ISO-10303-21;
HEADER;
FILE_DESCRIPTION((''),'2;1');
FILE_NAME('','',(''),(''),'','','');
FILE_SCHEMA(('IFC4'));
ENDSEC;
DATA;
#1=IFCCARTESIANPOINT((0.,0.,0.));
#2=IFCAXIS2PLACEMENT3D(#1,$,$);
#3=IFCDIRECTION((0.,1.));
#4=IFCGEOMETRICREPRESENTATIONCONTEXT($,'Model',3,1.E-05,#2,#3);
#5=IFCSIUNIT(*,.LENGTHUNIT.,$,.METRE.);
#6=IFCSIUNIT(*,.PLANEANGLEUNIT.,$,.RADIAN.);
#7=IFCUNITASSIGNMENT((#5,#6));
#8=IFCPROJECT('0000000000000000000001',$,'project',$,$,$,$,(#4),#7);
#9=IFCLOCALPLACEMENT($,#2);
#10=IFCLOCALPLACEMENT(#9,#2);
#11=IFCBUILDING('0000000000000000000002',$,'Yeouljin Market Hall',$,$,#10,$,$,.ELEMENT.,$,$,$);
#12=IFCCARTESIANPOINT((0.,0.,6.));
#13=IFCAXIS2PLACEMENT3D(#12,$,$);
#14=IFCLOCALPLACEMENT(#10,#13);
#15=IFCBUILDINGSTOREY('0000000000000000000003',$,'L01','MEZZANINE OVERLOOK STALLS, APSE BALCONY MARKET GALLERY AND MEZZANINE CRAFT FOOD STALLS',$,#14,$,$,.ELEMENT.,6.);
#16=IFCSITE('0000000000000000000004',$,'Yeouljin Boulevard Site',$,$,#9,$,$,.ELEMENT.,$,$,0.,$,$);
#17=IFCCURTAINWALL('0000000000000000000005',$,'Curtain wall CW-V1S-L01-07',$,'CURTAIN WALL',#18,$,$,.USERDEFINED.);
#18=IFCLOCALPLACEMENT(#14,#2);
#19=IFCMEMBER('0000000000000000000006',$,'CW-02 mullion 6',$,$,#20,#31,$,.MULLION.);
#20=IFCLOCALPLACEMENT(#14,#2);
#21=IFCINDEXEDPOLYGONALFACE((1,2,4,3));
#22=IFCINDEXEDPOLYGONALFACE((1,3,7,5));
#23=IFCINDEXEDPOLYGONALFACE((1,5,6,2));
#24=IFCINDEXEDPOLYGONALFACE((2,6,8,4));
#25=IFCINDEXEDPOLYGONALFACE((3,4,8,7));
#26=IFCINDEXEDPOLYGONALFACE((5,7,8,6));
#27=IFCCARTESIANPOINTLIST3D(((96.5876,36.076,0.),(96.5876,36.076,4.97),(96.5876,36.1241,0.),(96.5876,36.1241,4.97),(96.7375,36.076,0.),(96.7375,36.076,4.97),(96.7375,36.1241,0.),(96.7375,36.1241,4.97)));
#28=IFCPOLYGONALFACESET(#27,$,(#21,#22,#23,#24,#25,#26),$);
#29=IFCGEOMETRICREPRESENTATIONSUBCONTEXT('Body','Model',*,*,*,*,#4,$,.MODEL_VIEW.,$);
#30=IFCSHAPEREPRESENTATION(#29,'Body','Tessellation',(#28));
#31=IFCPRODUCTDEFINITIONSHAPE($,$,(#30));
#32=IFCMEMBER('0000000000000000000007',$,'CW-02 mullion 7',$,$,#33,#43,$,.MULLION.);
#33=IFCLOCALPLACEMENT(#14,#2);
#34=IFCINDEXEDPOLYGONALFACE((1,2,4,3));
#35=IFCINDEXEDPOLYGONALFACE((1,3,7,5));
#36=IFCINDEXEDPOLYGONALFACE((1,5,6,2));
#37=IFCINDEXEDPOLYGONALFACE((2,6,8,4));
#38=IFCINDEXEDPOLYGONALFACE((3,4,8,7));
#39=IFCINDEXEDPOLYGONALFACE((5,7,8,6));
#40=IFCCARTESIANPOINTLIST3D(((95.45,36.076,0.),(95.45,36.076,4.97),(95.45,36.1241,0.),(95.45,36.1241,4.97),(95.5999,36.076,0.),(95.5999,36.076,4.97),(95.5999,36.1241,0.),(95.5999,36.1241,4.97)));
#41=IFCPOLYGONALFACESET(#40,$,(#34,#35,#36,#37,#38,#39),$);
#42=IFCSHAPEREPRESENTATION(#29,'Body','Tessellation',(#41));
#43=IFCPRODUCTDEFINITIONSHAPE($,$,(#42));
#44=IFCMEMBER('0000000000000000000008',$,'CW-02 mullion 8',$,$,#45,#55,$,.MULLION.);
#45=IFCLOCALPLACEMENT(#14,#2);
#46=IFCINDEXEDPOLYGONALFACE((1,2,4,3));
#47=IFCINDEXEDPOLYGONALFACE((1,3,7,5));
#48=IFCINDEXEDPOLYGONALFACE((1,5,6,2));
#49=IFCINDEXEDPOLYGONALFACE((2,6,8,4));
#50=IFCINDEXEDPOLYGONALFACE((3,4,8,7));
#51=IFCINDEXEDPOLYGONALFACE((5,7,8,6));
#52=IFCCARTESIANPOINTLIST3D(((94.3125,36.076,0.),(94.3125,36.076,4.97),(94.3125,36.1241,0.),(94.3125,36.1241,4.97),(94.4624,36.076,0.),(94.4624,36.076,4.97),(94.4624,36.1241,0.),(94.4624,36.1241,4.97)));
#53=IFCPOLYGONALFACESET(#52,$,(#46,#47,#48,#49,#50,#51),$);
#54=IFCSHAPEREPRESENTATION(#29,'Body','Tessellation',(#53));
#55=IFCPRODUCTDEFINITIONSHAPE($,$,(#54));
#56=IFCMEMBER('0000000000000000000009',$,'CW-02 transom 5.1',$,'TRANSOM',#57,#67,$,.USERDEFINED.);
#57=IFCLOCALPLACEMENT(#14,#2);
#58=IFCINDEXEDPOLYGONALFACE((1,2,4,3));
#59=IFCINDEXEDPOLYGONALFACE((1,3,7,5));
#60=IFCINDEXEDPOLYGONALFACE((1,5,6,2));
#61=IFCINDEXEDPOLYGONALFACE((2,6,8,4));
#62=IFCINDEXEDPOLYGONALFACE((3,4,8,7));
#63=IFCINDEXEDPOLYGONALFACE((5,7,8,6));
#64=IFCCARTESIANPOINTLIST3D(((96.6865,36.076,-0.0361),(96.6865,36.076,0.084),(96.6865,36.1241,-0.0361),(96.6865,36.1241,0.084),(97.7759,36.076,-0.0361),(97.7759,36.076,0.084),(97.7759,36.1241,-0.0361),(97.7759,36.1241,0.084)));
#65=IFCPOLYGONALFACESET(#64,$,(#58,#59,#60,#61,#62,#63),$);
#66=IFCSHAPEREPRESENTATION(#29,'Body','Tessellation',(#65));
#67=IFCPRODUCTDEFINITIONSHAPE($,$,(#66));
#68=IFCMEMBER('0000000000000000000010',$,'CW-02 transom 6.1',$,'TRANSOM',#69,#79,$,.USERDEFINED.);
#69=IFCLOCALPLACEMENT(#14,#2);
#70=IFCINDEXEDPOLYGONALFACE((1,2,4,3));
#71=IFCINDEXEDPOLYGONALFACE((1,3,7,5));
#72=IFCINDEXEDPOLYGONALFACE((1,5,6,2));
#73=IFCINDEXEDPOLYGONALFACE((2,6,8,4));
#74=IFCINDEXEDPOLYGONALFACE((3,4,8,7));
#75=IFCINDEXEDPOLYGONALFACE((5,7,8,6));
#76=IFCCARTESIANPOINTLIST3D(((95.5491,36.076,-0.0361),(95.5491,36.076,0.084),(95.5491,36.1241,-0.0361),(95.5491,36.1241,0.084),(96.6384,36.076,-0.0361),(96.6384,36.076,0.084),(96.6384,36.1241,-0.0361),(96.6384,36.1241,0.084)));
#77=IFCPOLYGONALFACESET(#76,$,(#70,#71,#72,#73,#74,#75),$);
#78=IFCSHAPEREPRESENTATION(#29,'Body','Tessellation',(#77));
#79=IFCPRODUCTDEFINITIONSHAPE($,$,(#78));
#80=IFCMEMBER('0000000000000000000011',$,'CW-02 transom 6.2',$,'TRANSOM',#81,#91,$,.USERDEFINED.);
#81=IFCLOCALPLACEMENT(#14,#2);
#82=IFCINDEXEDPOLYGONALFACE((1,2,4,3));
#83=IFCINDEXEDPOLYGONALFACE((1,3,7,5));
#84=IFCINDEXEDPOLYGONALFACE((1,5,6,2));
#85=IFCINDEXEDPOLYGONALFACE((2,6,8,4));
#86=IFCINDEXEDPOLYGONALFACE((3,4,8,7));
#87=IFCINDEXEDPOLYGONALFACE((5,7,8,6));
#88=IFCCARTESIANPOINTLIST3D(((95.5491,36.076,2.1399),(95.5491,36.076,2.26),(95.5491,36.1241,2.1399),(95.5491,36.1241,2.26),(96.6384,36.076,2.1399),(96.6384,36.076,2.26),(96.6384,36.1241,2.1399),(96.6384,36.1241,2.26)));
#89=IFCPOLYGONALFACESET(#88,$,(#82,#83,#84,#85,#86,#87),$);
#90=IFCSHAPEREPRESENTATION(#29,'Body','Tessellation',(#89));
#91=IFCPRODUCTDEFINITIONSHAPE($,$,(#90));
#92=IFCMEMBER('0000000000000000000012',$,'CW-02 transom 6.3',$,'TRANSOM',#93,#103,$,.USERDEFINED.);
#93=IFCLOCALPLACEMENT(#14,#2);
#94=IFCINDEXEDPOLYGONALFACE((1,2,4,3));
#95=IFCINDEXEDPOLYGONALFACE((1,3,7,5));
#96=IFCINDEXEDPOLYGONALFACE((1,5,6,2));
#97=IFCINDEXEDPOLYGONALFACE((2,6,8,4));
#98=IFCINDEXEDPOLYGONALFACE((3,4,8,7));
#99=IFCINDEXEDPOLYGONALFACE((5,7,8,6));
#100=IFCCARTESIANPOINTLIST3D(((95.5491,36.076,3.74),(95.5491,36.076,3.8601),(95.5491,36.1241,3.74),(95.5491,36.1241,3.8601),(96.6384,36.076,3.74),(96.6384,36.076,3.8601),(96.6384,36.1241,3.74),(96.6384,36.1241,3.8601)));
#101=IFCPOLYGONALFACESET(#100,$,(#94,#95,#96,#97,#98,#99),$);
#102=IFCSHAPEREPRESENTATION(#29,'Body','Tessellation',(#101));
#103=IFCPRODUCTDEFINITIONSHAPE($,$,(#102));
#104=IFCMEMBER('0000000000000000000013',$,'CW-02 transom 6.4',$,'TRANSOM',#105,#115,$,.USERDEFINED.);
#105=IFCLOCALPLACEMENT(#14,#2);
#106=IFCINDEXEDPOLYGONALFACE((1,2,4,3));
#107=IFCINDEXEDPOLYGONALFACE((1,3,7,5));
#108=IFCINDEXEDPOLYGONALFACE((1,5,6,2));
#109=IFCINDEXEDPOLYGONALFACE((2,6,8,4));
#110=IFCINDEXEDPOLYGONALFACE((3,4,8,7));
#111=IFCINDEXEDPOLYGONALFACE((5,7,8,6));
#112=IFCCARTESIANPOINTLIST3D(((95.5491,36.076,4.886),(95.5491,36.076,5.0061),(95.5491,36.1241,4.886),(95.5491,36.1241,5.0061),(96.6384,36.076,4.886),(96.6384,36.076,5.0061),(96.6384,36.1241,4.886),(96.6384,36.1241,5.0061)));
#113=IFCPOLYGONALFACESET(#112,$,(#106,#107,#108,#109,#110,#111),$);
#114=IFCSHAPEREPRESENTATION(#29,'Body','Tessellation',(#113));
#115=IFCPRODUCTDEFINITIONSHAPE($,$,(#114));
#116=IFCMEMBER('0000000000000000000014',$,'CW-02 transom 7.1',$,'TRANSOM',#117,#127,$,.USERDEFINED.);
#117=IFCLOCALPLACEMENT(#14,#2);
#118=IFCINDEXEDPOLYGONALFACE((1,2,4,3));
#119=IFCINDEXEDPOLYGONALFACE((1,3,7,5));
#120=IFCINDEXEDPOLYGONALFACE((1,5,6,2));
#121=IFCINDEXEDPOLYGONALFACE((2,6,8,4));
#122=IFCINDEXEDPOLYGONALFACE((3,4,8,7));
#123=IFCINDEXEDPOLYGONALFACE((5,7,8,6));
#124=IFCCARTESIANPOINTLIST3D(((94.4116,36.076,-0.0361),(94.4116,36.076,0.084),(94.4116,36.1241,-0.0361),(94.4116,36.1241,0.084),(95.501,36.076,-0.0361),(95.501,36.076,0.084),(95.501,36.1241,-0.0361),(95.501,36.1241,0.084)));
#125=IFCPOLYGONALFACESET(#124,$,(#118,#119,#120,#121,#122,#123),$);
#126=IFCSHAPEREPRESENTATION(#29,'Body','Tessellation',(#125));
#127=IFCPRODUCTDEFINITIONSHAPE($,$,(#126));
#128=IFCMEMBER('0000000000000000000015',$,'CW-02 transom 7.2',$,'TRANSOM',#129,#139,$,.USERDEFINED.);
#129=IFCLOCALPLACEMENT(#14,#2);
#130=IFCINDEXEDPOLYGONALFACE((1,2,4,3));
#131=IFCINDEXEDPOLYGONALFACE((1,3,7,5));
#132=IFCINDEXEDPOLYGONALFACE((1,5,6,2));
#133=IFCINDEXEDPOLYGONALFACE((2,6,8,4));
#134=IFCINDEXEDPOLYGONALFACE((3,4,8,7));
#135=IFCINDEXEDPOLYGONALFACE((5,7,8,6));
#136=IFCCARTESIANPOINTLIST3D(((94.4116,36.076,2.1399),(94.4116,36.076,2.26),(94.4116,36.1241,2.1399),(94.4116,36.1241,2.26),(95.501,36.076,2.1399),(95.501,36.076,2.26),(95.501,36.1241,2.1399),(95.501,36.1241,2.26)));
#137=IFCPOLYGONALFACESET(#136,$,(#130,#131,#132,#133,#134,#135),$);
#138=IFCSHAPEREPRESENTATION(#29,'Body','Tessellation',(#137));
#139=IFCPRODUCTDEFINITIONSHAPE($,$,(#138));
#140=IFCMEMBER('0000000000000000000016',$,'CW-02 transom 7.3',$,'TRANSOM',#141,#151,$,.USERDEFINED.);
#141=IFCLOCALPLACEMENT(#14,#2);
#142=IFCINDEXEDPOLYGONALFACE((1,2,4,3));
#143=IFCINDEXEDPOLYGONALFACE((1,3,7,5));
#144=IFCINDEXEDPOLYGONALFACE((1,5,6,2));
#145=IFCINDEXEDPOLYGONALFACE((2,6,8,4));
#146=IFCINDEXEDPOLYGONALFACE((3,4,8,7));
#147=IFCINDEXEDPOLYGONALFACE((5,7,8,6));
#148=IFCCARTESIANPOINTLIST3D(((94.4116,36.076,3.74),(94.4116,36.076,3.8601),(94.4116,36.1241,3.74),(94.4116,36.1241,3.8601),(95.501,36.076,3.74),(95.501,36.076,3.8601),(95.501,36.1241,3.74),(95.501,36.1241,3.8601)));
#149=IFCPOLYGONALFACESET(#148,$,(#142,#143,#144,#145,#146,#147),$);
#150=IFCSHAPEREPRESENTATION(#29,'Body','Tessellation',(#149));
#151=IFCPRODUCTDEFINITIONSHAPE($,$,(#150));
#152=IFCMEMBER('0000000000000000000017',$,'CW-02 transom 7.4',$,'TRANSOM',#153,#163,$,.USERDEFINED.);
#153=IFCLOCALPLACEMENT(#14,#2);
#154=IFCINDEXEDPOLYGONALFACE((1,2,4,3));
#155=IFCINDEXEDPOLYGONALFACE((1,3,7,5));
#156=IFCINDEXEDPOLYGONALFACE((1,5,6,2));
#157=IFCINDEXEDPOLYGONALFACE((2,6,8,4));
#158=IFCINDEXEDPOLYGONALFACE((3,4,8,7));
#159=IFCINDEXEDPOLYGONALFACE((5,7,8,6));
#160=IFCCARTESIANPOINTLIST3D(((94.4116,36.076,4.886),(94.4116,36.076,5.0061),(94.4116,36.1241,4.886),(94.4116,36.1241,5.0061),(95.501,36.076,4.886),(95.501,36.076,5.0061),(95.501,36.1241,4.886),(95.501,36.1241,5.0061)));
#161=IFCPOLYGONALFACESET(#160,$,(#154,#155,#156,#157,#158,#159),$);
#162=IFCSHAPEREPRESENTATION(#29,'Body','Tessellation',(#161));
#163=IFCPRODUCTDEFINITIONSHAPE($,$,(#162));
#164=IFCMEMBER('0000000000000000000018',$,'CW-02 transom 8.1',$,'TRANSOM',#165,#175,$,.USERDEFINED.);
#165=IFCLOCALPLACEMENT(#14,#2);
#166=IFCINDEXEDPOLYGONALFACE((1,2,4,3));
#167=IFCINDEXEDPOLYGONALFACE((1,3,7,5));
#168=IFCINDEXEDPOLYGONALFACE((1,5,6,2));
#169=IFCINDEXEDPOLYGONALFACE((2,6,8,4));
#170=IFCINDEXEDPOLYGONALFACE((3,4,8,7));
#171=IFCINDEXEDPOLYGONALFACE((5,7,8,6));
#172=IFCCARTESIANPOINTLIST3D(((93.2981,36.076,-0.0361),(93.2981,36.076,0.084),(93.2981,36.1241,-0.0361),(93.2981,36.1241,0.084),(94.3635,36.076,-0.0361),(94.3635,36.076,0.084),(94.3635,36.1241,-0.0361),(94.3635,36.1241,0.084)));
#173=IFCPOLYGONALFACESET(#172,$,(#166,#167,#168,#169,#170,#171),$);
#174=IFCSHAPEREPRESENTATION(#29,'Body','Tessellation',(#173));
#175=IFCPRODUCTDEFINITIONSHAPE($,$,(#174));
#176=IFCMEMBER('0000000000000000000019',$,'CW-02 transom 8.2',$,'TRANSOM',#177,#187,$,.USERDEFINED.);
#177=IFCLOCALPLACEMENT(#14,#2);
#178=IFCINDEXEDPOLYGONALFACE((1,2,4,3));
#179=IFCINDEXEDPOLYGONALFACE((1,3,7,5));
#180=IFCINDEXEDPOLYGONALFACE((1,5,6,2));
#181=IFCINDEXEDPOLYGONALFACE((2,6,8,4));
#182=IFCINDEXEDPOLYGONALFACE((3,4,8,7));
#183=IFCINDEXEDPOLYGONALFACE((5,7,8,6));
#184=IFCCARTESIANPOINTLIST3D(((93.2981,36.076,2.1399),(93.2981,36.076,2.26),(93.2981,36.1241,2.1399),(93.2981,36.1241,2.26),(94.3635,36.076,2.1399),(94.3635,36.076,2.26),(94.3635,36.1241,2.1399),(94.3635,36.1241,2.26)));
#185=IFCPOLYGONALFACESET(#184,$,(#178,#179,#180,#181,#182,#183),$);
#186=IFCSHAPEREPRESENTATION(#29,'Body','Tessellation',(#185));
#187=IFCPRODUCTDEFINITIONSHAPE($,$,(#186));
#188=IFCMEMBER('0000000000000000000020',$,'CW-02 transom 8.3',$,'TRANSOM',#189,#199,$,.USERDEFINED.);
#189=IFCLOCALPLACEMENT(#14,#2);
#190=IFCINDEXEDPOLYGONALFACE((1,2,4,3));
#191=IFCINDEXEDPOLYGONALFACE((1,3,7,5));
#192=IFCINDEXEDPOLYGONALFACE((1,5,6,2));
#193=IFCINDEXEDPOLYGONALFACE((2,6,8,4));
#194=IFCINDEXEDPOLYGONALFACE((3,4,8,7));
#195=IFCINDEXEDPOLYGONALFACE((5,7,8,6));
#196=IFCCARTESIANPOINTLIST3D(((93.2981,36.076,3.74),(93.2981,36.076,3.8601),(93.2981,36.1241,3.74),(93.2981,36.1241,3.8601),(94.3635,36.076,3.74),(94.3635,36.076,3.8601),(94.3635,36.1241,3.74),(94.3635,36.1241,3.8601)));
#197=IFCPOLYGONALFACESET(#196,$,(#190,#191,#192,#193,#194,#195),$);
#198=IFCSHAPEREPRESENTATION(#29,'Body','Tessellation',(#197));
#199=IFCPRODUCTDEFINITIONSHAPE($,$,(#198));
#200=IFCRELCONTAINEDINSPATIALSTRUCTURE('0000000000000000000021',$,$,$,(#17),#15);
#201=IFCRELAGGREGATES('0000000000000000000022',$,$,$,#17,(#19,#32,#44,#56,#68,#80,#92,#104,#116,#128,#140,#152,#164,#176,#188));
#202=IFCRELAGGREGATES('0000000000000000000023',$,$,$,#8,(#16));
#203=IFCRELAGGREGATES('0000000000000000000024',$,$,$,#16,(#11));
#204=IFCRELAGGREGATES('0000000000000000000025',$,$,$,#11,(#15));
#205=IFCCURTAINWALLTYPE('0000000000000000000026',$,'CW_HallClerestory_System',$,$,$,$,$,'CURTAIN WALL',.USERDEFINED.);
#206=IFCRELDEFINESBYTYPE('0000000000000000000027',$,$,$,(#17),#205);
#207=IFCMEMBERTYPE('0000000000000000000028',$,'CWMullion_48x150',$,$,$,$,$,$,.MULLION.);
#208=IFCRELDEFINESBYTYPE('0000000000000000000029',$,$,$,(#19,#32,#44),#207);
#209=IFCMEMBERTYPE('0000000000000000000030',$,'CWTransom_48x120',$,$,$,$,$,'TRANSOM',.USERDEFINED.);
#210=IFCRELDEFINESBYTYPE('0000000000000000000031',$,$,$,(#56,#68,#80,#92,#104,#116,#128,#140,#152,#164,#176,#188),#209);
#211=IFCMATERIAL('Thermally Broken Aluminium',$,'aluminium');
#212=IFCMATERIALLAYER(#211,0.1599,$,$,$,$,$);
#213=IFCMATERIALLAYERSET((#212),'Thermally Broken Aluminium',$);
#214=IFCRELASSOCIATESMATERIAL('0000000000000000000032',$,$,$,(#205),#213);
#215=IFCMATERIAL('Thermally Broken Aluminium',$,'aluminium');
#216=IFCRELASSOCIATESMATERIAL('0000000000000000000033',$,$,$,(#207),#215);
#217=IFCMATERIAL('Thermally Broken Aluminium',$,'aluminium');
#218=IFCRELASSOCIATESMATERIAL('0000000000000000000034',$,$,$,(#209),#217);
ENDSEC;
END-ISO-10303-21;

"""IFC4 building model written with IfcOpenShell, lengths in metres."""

from ifc_helpers import new_model, si_unit, direction, frame, origin, origin_2d, place, context, subcontext, project, spatial, rectangle, extrude, material, layer, layer_set, material_profile, profile_set, type_object, element, aggregate, save


model = new_model("IFC4")

# Units and contexts
model_context = context("Model", 3, precision=1e-05, world=origin(), true_north=direction((0.0, 1.0)))
body_context = subcontext(model_context, "Body", "Model", "MODEL_VIEW")
ifc_project = project(units=[si_unit("LENGTHUNIT", "METRE"), si_unit("PLANEANGLEUNIT", "RADIAN")], contexts=[model_context])

# Site, building, storey
site_placement = place(None, origin())
site = spatial("IfcSite", under=ifc_project, at=site_placement, Name="Yeouljin Boulevard Site", CompositionType="ELEMENT", RefElevation=0.0)
building_placement = place(site_placement, origin())
building = spatial("IfcBuilding", under=site, at=building_placement, Name="Yeouljin Market Hall", CompositionType="ELEMENT")
storey_placement = place(building_placement, frame((0.0, 0.0, 6.0)))
storey = spatial("IfcBuildingStorey", under=building, at=storey_placement, Name="L01", Description="MEZZANINE OVERLOOK STALLS, APSE BALCONY MARKET GALLERY AND MEZZANINE CRAFT FOOD STALLS", CompositionType="ELEMENT", Elevation=6.0)

# Curtain wall, members
ifc_material_1 = material(Name="Thermally Broken Aluminium", Category="aluminium")
ifc_layer_1 = layer(ifc_material_1, 0.1599)
ifc_layer_set_1 = layer_set([ifc_layer_1], Name="Thermally Broken Aluminium")
curtain_wall_type = type_object("IfcCurtainWallType", Name="CW_HallClerestory_System", ElementType="CURTAIN WALL", PredefinedType="USERDEFINED", material=ifc_layer_set_1)
curtain_wall_placement = place(storey_placement, origin())
curtain_wall = element("IfcCurtainWall", 1, at=curtain_wall_placement, inside=storey, type_object=curtain_wall_type, Name="Curtain wall CW-V1S-L01-07", ObjectType="CURTAIN WALL", PredefinedType="USERDEFINED")
ifc_material_2 = material(Name="Thermally Broken Aluminium", Category="aluminium")
ifc_material_profile_1 = material_profile(ifc_material_2, rectangle(XDim=0.0481, YDim=0.1499, at=origin_2d()), Name="CW-MULL-48x150")
ifc_profile_set_1 = profile_set([ifc_material_profile_1], Name="Thermally Broken Aluminium")
member_type_1 = type_object("IfcMemberType", Name="CWMullion_48x150", PredefinedType="MULLION", material=ifc_profile_set_1)
member_1_placement = place(storey_placement, frame((96.6626, 36.1001, 0.0), z_axis=(0.0, 0.0, 1.0), x_axis=(0.0, -1.0, 0.0)))
member_1 = element("IfcMember", 2, at=member_1_placement, type_object=member_type_1, Name="CW-02 mullion 6", PredefinedType="MULLION", context=body_context, shape_type="SweptSolid", body=[
    extrude(rectangle(XDim=0.0481, YDim=0.1499, at=origin_2d()), origin(), (0.0, 0.0, 1.0), 4.97),
])
member_2_placement = place(storey_placement, frame((95.5249, 36.1001, 0.0), z_axis=(0.0, 0.0, 1.0), x_axis=(0.0, -1.0, 0.0)))
member_2 = element("IfcMember", 3, at=member_2_placement, type_object=member_type_1, Name="CW-02 mullion 7", PredefinedType="MULLION", context=body_context, shape_type="SweptSolid", body=[
    extrude(rectangle(XDim=0.0481, YDim=0.1499, at=origin_2d()), origin(), (0.0, 0.0, 1.0), 4.97),
])
member_3_placement = place(storey_placement, frame((94.3875, 36.1001, 0.0), z_axis=(0.0, 0.0, 1.0), x_axis=(0.0, -1.0, 0.0)))
member_3 = element("IfcMember", 4, at=member_3_placement, type_object=member_type_1, Name="CW-02 mullion 8", PredefinedType="MULLION", context=body_context, shape_type="SweptSolid", body=[
    extrude(rectangle(XDim=0.0481, YDim=0.1499, at=origin_2d()), origin(), (0.0, 0.0, 1.0), 4.97),
])
ifc_material_3 = material(Name="Thermally Broken Aluminium", Category="aluminium")
ifc_material_profile_2 = material_profile(ifc_material_3, rectangle(XDim=0.0481, YDim=0.1201, at=origin_2d()), Name="CW-TRAN-48x120")
ifc_profile_set_2 = profile_set([ifc_material_profile_2], Name="Thermally Broken Aluminium")
member_type_2 = type_object("IfcMemberType", Name="CWTransom_48x120", ElementType="TRANSOM", PredefinedType="USERDEFINED", material=ifc_profile_set_2)
member_4_placement = place(storey_placement, frame((97.7759, 36.1001, 0.0239), z_axis=(-1.0, 0.0, 0.0), x_axis=(0.0, -1.0, 0.0)))
member_4 = element("IfcMember", 5, at=member_4_placement, type_object=member_type_2, Name="CW-02 transom 5.1", ObjectType="TRANSOM", PredefinedType="USERDEFINED", context=body_context, shape_type="SweptSolid", body=[
    extrude(rectangle(XDim=0.0481, YDim=0.1201, at=origin_2d()), origin(), (0.0, 0.0, 1.0), 1.0894),
])
member_5_placement = place(storey_placement, frame((96.6384, 36.1001, 0.0239), z_axis=(-1.0, 0.0, 0.0), x_axis=(0.0, -1.0, 0.0)))
member_5 = element("IfcMember", 6, at=member_5_placement, type_object=member_type_2, Name="CW-02 transom 6.1", ObjectType="TRANSOM", PredefinedType="USERDEFINED", context=body_context, shape_type="SweptSolid", body=[
    extrude(rectangle(XDim=0.0481, YDim=0.1201, at=origin_2d()), origin(), (0.0, 0.0, 1.0), 1.0894),
])
member_6_placement = place(storey_placement, frame((96.6384, 36.1001, 2.2), z_axis=(-1.0, 0.0, 0.0), x_axis=(0.0, -1.0, 0.0)))
member_6 = element("IfcMember", 7, at=member_6_placement, type_object=member_type_2, Name="CW-02 transom 6.2", ObjectType="TRANSOM", PredefinedType="USERDEFINED", context=body_context, shape_type="SweptSolid", body=[
    extrude(rectangle(XDim=0.0481, YDim=0.1201, at=origin_2d()), origin(), (0.0, 0.0, 1.0), 1.0894),
])
member_7_placement = place(storey_placement, frame((96.6384, 36.1001, 3.8), z_axis=(-1.0, 0.0, 0.0), x_axis=(0.0, -1.0, 0.0)))
member_7 = element("IfcMember", 8, at=member_7_placement, type_object=member_type_2, Name="CW-02 transom 6.3", ObjectType="TRANSOM", PredefinedType="USERDEFINED", context=body_context, shape_type="SweptSolid", body=[
    extrude(rectangle(XDim=0.0481, YDim=0.1201, at=origin_2d()), origin(), (0.0, 0.0, 1.0), 1.0894),
])
member_8_placement = place(storey_placement, frame((96.6384, 36.1001, 4.946), z_axis=(-1.0, 0.0, 0.0), x_axis=(0.0, -1.0, 0.0)))
member_8 = element("IfcMember", 9, at=member_8_placement, type_object=member_type_2, Name="CW-02 transom 6.4", ObjectType="TRANSOM", PredefinedType="USERDEFINED", context=body_context, shape_type="SweptSolid", body=[
    extrude(rectangle(XDim=0.0481, YDim=0.1201, at=origin_2d()), origin(), (0.0, 0.0, 1.0), 1.0894),
])
member_9_placement = place(storey_placement, frame((95.501, 36.1001, 0.0239), z_axis=(-1.0, 0.0, 0.0), x_axis=(0.0, -1.0, 0.0)))
member_9 = element("IfcMember", 10, at=member_9_placement, type_object=member_type_2, Name="CW-02 transom 7.1", ObjectType="TRANSOM", PredefinedType="USERDEFINED", context=body_context, shape_type="SweptSolid", body=[
    extrude(rectangle(XDim=0.0481, YDim=0.1201, at=origin_2d()), origin(), (0.0, 0.0, 1.0), 1.0894),
])
member_10_placement = place(storey_placement, frame((95.501, 36.1001, 2.2), z_axis=(-1.0, 0.0, 0.0), x_axis=(0.0, -1.0, 0.0)))
member_10 = element("IfcMember", 11, at=member_10_placement, type_object=member_type_2, Name="CW-02 transom 7.2", ObjectType="TRANSOM", PredefinedType="USERDEFINED", context=body_context, shape_type="SweptSolid", body=[
    extrude(rectangle(XDim=0.0481, YDim=0.1201, at=origin_2d()), origin(), (0.0, 0.0, 1.0), 1.0894),
])
member_11_placement = place(storey_placement, frame((95.501, 36.1001, 3.8), z_axis=(-1.0, 0.0, 0.0), x_axis=(0.0, -1.0, 0.0)))
member_11 = element("IfcMember", 12, at=member_11_placement, type_object=member_type_2, Name="CW-02 transom 7.3", ObjectType="TRANSOM", PredefinedType="USERDEFINED", context=body_context, shape_type="SweptSolid", body=[
    extrude(rectangle(XDim=0.0481, YDim=0.1201, at=origin_2d()), origin(), (0.0, 0.0, 1.0), 1.0894),
])
member_12_placement = place(storey_placement, frame((95.501, 36.1001, 4.946), z_axis=(-1.0, 0.0, 0.0), x_axis=(0.0, -1.0, 0.0)))
member_12 = element("IfcMember", 13, at=member_12_placement, type_object=member_type_2, Name="CW-02 transom 7.4", ObjectType="TRANSOM", PredefinedType="USERDEFINED", context=body_context, shape_type="SweptSolid", body=[
    extrude(rectangle(XDim=0.0481, YDim=0.1201, at=origin_2d()), origin(), (0.0, 0.0, 1.0), 1.0894),
])
member_13_placement = place(storey_placement, frame((94.3635, 36.1001, 0.0239), z_axis=(-1.0, 0.0, 0.0), x_axis=(0.0, -1.0, 0.0)))
member_13 = element("IfcMember", 14, at=member_13_placement, type_object=member_type_2, Name="CW-02 transom 8.1", ObjectType="TRANSOM", PredefinedType="USERDEFINED", context=body_context, shape_type="SweptSolid", body=[
    extrude(rectangle(XDim=0.0481, YDim=0.1201, at=origin_2d()), origin(), (0.0, 0.0, 1.0), 1.0654),
])
member_14_placement = place(storey_placement, frame((94.3635, 36.1001, 2.2), z_axis=(-1.0, 0.0, 0.0), x_axis=(0.0, -1.0, 0.0)))
member_14 = element("IfcMember", 15, at=member_14_placement, type_object=member_type_2, Name="CW-02 transom 8.2", ObjectType="TRANSOM", PredefinedType="USERDEFINED", context=body_context, shape_type="SweptSolid", body=[
    extrude(rectangle(XDim=0.0481, YDim=0.1201, at=origin_2d()), origin(), (0.0, 0.0, 1.0), 1.0654),
])
member_15_placement = place(storey_placement, frame((94.3635, 36.1001, 3.8), z_axis=(-1.0, 0.0, 0.0), x_axis=(0.0, -1.0, 0.0)))
member_15 = element("IfcMember", 16, at=member_15_placement, type_object=member_type_2, Name="CW-02 transom 8.3", ObjectType="TRANSOM", PredefinedType="USERDEFINED", context=body_context, shape_type="SweptSolid", body=[
    extrude(rectangle(XDim=0.0481, YDim=0.1201, at=origin_2d()), origin(), (0.0, 0.0, 1.0), 1.0654),
])
aggregate(curtain_wall, [member_1, member_2, member_3, member_4, member_5, member_6, member_7, member_8, member_9, member_10, member_11, member_12, member_13, member_14, member_15])

save(model, "model.ifc")
